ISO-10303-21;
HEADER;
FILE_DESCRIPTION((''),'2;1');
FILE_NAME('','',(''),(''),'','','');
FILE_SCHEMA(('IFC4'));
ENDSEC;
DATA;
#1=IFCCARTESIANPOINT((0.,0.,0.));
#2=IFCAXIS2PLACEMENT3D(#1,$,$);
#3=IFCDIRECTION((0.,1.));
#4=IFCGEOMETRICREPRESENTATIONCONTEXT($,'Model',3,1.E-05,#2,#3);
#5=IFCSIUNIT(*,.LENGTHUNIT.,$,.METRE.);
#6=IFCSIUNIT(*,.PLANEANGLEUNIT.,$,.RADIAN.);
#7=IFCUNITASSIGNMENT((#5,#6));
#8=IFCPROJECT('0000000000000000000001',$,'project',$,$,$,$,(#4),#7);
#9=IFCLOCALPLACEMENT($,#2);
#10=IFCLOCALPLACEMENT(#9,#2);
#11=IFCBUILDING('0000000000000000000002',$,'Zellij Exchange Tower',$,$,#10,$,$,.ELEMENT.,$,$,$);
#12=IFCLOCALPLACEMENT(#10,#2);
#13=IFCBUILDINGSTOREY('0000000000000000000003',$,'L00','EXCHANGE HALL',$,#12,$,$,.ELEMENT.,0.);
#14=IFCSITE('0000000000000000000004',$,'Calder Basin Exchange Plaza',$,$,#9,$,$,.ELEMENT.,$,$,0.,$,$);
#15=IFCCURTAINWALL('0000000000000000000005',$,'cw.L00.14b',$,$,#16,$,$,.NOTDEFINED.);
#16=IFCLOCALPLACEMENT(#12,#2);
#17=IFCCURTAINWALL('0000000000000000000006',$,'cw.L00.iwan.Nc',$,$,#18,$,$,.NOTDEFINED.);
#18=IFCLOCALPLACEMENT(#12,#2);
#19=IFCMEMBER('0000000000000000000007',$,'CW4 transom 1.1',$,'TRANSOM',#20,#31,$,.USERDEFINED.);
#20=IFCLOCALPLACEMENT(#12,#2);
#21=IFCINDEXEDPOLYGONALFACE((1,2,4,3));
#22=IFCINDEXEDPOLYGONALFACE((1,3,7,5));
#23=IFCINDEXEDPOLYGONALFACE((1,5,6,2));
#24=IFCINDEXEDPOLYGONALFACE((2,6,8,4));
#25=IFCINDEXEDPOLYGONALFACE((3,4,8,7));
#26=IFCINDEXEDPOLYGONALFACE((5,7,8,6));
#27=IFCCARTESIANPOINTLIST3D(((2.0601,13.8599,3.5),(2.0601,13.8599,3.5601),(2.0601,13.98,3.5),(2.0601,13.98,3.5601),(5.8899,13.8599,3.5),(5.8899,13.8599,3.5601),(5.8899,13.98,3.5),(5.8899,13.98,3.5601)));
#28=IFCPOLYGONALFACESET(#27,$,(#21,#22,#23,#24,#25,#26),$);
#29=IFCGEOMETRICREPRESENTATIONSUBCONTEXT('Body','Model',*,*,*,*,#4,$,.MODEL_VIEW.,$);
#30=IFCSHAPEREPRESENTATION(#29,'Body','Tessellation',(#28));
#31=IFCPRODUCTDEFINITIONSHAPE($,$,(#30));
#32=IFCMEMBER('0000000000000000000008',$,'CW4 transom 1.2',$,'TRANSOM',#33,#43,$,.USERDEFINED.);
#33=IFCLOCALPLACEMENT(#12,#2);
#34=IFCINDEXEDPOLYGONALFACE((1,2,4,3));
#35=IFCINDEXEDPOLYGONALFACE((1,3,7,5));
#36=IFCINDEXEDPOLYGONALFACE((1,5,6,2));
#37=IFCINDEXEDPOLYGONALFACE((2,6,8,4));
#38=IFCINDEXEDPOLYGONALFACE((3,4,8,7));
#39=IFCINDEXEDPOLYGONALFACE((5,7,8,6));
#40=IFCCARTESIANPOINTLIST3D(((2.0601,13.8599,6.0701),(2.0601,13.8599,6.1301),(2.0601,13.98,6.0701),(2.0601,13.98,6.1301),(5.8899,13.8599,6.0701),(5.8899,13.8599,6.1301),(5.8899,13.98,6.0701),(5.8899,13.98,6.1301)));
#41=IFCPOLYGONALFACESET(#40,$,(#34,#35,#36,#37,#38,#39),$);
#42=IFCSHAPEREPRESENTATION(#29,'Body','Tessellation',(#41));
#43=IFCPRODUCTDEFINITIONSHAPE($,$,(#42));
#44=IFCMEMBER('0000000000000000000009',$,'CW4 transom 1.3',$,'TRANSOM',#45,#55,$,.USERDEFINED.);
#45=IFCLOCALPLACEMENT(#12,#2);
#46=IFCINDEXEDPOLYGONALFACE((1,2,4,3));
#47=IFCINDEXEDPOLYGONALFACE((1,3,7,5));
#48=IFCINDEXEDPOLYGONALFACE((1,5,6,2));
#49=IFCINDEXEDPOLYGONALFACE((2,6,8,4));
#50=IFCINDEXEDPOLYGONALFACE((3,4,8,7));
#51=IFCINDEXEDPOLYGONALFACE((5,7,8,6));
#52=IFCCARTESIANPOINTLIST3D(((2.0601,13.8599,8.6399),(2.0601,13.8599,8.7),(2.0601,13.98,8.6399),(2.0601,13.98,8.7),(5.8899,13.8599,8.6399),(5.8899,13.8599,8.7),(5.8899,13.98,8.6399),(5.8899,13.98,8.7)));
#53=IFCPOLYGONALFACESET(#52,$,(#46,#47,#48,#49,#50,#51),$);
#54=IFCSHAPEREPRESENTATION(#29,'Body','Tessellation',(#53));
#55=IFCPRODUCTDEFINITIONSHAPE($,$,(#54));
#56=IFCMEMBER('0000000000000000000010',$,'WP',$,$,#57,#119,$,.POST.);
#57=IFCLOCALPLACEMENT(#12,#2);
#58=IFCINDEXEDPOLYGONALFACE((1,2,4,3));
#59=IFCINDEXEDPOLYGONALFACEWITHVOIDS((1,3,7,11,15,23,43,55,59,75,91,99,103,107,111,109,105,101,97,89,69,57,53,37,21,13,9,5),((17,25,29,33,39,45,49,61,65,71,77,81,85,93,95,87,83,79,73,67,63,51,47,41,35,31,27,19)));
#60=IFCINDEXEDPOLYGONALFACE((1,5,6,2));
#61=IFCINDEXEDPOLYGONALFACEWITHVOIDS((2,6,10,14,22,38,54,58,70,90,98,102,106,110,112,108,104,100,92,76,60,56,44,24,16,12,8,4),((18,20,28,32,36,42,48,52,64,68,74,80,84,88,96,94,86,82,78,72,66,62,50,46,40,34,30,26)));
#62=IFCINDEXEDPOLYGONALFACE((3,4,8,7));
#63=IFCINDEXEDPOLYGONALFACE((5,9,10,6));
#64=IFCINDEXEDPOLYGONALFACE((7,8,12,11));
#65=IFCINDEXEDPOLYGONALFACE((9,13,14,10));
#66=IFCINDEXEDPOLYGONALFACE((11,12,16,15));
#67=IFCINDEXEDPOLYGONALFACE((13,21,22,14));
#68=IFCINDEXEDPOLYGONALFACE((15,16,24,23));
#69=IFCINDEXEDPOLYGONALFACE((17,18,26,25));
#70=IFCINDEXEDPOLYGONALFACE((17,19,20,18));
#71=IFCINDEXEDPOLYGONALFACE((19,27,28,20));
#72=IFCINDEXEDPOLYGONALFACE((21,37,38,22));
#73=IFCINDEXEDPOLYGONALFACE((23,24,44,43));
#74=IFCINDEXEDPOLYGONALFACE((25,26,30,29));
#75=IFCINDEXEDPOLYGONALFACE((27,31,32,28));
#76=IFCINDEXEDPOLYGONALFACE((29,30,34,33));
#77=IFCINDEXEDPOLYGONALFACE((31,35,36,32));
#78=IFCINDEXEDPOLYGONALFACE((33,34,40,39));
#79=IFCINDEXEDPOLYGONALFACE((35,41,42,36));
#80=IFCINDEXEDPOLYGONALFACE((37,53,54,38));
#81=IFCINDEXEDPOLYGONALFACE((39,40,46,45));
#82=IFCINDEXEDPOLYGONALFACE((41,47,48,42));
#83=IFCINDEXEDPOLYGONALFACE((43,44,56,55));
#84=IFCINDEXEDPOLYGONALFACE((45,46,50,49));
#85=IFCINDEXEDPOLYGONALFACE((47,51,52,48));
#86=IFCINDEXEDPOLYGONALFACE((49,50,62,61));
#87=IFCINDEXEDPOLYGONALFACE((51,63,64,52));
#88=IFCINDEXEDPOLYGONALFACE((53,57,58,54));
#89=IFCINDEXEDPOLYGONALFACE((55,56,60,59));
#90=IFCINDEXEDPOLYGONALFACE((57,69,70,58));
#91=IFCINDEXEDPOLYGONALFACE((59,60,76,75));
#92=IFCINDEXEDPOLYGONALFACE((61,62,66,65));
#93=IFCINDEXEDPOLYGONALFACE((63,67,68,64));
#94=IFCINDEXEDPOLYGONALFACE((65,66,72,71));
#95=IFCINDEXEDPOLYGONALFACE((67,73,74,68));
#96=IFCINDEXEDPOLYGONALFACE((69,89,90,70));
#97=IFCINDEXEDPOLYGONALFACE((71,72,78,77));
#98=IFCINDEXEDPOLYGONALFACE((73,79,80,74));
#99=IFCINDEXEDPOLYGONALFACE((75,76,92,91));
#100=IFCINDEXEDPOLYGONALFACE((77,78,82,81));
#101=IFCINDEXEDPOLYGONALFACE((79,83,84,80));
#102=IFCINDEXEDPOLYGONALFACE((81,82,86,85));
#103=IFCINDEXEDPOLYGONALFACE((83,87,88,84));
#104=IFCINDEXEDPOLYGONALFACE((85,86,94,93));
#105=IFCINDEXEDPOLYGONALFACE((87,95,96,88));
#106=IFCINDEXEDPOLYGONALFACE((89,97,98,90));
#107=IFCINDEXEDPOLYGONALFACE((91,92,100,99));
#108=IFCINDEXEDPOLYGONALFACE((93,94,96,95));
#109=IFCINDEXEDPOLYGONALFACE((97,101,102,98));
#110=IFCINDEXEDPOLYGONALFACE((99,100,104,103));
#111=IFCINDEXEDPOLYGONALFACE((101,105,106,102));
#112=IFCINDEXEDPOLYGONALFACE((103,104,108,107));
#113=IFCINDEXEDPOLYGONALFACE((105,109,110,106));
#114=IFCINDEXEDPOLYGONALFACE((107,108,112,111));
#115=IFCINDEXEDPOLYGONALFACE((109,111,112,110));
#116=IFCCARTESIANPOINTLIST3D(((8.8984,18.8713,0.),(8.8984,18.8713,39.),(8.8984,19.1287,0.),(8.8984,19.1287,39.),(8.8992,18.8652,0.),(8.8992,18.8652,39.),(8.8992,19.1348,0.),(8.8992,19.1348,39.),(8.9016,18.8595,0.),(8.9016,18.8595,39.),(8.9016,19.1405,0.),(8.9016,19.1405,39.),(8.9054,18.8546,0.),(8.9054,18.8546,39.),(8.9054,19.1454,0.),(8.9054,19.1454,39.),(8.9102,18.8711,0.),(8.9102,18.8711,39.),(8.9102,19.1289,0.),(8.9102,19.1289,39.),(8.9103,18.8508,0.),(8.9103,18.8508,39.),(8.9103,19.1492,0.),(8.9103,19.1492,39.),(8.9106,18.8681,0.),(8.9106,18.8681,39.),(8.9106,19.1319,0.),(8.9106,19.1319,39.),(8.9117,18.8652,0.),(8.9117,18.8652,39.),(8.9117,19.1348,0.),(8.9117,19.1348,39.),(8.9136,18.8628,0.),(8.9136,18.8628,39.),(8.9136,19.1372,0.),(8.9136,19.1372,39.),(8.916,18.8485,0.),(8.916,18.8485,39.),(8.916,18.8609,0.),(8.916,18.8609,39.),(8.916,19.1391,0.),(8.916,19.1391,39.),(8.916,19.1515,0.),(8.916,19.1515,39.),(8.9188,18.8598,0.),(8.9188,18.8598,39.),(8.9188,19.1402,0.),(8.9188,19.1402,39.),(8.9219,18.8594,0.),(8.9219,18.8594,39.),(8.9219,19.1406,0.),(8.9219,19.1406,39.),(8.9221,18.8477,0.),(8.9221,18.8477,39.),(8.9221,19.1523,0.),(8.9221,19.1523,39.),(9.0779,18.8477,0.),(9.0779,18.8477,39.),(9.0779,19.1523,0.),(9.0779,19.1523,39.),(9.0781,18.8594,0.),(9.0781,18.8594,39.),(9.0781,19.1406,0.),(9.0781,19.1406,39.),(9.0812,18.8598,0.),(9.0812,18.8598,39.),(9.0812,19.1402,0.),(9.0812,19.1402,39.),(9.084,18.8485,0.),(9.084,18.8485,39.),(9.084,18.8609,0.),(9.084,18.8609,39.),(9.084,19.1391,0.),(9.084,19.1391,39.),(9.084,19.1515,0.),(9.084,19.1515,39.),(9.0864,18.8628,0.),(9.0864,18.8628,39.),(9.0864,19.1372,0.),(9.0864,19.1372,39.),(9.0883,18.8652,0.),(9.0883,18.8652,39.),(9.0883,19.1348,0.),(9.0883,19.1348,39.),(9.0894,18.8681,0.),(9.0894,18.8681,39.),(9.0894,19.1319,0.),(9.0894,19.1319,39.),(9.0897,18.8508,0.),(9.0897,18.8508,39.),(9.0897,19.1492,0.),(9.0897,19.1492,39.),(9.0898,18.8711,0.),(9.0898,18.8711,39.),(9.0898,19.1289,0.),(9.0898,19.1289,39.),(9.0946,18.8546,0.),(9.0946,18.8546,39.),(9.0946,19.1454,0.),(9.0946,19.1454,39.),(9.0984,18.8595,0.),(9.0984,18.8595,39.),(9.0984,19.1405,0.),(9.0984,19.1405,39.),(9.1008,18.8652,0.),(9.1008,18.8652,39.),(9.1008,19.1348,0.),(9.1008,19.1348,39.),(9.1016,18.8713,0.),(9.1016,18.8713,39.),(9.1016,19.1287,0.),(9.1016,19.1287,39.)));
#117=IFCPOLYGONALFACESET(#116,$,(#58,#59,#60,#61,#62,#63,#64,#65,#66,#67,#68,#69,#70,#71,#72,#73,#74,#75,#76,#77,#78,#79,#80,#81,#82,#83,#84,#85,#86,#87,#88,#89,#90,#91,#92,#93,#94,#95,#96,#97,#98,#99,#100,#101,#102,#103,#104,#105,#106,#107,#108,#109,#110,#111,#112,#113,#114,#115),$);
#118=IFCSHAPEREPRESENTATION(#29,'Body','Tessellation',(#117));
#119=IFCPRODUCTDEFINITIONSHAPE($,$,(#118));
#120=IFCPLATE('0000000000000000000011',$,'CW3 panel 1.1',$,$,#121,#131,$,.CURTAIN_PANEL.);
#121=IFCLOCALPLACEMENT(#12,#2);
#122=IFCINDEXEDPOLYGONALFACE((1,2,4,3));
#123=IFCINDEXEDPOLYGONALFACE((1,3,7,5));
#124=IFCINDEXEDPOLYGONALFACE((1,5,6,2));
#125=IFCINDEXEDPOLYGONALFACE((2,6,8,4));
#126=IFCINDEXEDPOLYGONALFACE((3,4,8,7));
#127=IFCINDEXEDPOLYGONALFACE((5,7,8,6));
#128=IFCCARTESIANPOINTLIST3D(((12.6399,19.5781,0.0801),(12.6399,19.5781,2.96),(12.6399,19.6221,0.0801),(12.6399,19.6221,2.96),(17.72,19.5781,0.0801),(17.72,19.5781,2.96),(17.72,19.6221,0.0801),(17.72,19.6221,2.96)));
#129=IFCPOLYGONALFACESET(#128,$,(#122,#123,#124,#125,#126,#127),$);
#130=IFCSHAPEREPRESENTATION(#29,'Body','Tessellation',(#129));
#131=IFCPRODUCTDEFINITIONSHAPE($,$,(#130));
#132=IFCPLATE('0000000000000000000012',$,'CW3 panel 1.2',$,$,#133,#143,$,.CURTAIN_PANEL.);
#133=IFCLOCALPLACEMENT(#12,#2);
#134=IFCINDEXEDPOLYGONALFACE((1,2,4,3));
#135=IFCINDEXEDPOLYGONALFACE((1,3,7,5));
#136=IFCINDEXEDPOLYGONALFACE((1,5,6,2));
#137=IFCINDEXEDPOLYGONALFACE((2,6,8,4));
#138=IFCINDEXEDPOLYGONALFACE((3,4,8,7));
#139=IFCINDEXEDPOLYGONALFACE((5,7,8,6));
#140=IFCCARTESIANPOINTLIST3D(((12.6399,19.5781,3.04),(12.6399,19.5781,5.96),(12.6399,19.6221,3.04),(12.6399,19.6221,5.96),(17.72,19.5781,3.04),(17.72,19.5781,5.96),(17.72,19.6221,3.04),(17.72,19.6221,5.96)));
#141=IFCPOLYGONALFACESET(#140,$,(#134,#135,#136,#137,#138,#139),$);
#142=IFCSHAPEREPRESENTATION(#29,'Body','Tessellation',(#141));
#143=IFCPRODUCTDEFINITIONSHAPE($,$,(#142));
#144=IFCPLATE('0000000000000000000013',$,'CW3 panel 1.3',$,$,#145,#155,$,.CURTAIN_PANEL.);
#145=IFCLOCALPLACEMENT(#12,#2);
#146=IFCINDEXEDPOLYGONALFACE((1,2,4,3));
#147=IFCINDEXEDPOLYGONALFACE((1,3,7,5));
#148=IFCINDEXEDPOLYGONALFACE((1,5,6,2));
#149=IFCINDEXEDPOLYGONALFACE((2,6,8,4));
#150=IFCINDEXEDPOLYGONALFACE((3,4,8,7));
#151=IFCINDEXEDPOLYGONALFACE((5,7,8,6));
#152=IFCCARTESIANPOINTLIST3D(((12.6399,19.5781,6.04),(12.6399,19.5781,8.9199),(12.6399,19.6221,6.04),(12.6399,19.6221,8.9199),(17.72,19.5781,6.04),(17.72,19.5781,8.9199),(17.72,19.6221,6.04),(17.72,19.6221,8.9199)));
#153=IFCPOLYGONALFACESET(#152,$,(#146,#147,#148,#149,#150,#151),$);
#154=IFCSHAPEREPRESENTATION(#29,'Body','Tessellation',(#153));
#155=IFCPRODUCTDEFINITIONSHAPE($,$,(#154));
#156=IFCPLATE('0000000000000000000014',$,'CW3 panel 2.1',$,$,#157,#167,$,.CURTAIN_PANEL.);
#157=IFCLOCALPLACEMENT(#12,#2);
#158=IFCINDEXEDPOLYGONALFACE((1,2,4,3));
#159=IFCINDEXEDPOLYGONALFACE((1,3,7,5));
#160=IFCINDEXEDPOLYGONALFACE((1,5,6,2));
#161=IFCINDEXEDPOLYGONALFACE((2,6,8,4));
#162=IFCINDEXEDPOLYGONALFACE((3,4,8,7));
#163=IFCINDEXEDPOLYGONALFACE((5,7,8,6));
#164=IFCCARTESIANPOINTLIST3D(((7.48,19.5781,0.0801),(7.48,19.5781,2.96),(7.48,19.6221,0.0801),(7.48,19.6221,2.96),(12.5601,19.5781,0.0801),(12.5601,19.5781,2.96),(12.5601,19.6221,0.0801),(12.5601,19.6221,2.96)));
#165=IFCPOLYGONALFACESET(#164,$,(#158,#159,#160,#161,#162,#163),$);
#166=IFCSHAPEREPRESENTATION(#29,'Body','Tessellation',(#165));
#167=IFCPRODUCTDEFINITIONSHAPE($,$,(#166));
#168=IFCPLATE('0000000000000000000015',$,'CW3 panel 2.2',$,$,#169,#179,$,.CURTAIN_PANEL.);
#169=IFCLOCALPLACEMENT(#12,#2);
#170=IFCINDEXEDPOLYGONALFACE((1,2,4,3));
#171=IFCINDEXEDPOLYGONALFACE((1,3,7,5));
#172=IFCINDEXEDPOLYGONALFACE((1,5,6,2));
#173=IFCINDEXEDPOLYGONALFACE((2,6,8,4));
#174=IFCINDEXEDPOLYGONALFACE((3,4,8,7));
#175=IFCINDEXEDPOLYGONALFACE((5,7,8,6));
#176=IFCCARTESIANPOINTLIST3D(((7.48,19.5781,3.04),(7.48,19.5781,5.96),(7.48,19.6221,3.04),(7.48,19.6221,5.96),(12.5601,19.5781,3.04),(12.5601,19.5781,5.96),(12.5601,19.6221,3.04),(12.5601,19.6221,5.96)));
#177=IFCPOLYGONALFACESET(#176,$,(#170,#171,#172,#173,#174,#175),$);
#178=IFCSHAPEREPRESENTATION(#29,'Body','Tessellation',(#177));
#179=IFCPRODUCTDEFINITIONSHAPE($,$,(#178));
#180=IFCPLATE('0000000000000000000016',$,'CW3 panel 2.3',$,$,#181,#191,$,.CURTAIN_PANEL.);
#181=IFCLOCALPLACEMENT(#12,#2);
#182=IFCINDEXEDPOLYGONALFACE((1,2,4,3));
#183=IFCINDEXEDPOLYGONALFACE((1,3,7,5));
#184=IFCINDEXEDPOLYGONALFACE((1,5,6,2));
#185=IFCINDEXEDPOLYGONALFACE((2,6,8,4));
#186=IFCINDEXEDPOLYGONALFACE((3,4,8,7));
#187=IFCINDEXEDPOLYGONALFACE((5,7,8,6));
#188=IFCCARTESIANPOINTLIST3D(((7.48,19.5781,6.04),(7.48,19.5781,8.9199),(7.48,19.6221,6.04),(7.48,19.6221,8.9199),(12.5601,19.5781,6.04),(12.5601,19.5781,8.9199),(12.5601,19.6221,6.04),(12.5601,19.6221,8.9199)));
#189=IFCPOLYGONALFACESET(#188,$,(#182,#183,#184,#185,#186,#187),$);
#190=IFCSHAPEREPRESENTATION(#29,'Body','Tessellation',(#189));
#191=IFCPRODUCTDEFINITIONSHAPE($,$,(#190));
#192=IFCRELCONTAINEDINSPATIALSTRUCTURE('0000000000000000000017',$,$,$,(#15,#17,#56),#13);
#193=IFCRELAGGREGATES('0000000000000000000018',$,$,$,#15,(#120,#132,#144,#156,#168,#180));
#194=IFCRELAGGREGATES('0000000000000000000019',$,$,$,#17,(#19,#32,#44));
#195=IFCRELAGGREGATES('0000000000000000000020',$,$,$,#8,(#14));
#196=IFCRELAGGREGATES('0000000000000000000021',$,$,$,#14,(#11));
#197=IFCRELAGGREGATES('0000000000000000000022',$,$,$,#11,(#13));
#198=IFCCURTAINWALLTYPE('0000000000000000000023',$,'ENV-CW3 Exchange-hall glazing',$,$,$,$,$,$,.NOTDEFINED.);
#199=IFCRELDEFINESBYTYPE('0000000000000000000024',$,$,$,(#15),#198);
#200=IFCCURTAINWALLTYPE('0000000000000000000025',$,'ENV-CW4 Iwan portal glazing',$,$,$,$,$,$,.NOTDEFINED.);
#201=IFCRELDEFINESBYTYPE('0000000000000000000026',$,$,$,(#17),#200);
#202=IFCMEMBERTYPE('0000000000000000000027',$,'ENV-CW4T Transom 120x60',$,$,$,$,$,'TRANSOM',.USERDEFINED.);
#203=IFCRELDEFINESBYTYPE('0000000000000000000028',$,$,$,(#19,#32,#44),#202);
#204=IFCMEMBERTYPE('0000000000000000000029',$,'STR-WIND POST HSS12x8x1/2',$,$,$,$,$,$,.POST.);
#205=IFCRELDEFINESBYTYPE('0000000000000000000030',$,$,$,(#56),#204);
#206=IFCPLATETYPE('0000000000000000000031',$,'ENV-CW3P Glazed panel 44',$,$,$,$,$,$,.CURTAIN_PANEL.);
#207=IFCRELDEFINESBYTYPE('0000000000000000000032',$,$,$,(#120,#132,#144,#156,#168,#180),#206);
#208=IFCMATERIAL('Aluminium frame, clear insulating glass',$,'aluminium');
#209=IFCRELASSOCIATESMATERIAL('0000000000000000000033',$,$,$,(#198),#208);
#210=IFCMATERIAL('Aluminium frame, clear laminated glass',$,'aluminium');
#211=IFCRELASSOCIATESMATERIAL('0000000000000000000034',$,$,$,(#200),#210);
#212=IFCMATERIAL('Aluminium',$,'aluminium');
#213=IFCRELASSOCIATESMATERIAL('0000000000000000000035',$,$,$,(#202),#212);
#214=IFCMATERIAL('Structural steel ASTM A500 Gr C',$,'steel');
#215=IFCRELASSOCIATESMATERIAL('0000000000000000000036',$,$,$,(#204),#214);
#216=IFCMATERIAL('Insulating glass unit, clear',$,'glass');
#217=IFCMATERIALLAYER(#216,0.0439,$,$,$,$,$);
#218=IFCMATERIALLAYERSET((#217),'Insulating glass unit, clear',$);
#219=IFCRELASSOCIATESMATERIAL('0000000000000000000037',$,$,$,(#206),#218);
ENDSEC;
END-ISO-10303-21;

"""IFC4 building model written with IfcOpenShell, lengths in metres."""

from ifc_helpers import new_model, si_unit, direction, frame, origin, origin_2d, place, context, subcontext, project, spatial, rectangle, hollow_rectangle, extrude, material, layer, layer_set, material_profile, profile_set, type_object, element, aggregate, save


model = new_model("IFC4")

# Units and contexts
model_context = context("Model", 3, precision=1e-05, world=origin(), true_north=direction((0.0, 1.0)))
body_context = subcontext(model_context, "Body", "Model", "MODEL_VIEW")
ifc_project = project(units=[si_unit("LENGTHUNIT", "METRE"), si_unit("PLANEANGLEUNIT", "RADIAN")], contexts=[model_context])

# Site, building, storey
site_placement = place(None, origin())
site = spatial("IfcSite", under=ifc_project, at=site_placement, Name="Calder Basin Exchange Plaza", CompositionType="ELEMENT", RefElevation=0.0)
building_placement = place(site_placement, origin())
building = spatial("IfcBuilding", under=site, at=building_placement, Name="Zellij Exchange Tower", CompositionType="ELEMENT")
storey_placement = place(building_placement, origin())
storey = spatial("IfcBuildingStorey", under=building, at=storey_placement, Name="L00", Description="EXCHANGE HALL", CompositionType="ELEMENT", Elevation=0.0)

# Curtain wall
ifc_material_1 = material(Name="Aluminium frame, clear insulating glass", Category="aluminium")
curtain_wall_type_1 = type_object("IfcCurtainWallType", Name="ENV-CW3 Exchange-hall glazing", PredefinedType="NOTDEFINED", material=ifc_material_1)
curtain_wall_1_placement = place(storey_placement, origin())
curtain_wall_1 = element("IfcCurtainWall", 1, at=curtain_wall_1_placement, inside=storey, type_object=curtain_wall_type_1, Name="cw.L00.14b", PredefinedType="NOTDEFINED")
ifc_material_2 = material(Name="Aluminium", Category="aluminium")

# Shared definitions
ifc_material_3 = material(Name="Aluminium frame, clear laminated glass", Category="aluminium")
curtain_wall_type_2 = type_object("IfcCurtainWallType", Name="ENV-CW4 Iwan portal glazing", PredefinedType="NOTDEFINED", material=ifc_material_3)

# Curtain wall, members
curtain_wall_2_placement = place(storey_placement, origin())
curtain_wall_2 = element("IfcCurtainWall", 2, at=curtain_wall_2_placement, inside=storey, type_object=curtain_wall_type_2, Name="cw.L00.iwan.Nc", PredefinedType="NOTDEFINED")
ifc_material_profile_1 = material_profile(ifc_material_2, rectangle(XDim=0.1201, YDim=0.0601, at=origin_2d()), Name="AL 120x60")
ifc_profile_set_1 = profile_set([ifc_material_profile_1], Name="Aluminium")
member_type_1 = type_object("IfcMemberType", Name="ENV-CW4T Transom 120x60", ElementType="TRANSOM", PredefinedType="USERDEFINED", material=ifc_profile_set_1)
member_1_placement = place(storey_placement, frame((2.0601, 13.9199, 3.53), z_axis=(1.0, 0.0, 0.0), x_axis=(0.0, 1.0, 0.0)))
member_1 = element("IfcMember", 3, at=member_1_placement, type_object=member_type_1, Name="CW4 transom 1.1", ObjectType="TRANSOM", PredefinedType="USERDEFINED", context=body_context, shape_type="SweptSolid", body=[
    extrude(rectangle(XDim=0.1201, YDim=0.0601, at=origin_2d()), origin(), (0.0, 0.0, 1.0), 3.8298),
])
member_2_placement = place(storey_placement, frame((2.0601, 13.9199, 6.1001), z_axis=(1.0, 0.0, 0.0), x_axis=(0.0, 1.0, 0.0)))
member_2 = element("IfcMember", 4, at=member_2_placement, type_object=member_type_1, Name="CW4 transom 1.2", ObjectType="TRANSOM", PredefinedType="USERDEFINED", context=body_context, shape_type="SweptSolid", body=[
    extrude(rectangle(XDim=0.1201, YDim=0.0601, at=origin_2d()), origin(), (0.0, 0.0, 1.0), 3.8298),
])
member_3_placement = place(storey_placement, frame((2.0601, 13.9199, 8.6699), z_axis=(1.0, 0.0, 0.0), x_axis=(0.0, 1.0, 0.0)))
member_3 = element("IfcMember", 5, at=member_3_placement, type_object=member_type_1, Name="CW4 transom 1.3", ObjectType="TRANSOM", PredefinedType="USERDEFINED", context=body_context, shape_type="SweptSolid", body=[
    extrude(rectangle(XDim=0.1201, YDim=0.0601, at=origin_2d()), origin(), (0.0, 0.0, 1.0), 3.8298),
])

# Member
ifc_material_4 = material(Name="Structural steel ASTM A500 Gr C", Category="steel")
ifc_material_profile_2 = material_profile(ifc_material_4, hollow_rectangle(XDim=0.2031, YDim=0.3047, WallThickness=0.0117, InnerFilletRadius=0.0117, OuterFilletRadius=0.0237, at=origin_2d()), Name="STR-WIND POST HSS12x8x1/2")
ifc_profile_set_2 = profile_set([ifc_material_profile_2], Name="Structural steel ASTM A500 Gr C")
member_type_2 = type_object("IfcMemberType", Name="STR-WIND POST HSS12x8x1/2", PredefinedType="POST", material=ifc_profile_set_2)
member_4_placement = place(storey_placement, frame((9.0, 19.0, 0.0), z_axis=(0.0, 0.0, 1.0), x_axis=(1.0, 0.0, 0.0)))
element("IfcMember", 6, at=member_4_placement, inside=storey, type_object=member_type_2, Name="WP", PredefinedType="POST", context=body_context, shape_type="SweptSolid", body=[
    extrude(hollow_rectangle(XDim=0.2031, YDim=0.3047, WallThickness=0.0117, InnerFilletRadius=0.0117, OuterFilletRadius=0.0237, at=origin_2d()), origin(), (0.0, 0.0, 1.0), 39.0),
])

# Plates
ifc_material_5 = material(Name="Insulating glass unit, clear", Category="glass")
ifc_layer_1 = layer(ifc_material_5, 0.0439)
ifc_layer_set_1 = layer_set([ifc_layer_1], Name="Insulating glass unit, clear")
plate_type_1 = type_object("IfcPlateType", Name="ENV-CW3P Glazed panel 44", PredefinedType="CURTAIN_PANEL", material=ifc_layer_set_1)
plate_1_placement = place(storey_placement, frame((15.1799, 19.6001, 0.0801), z_axis=(0.0, 0.0, 1.0), x_axis=(-1.0, 0.0, 0.0)))
plate_1 = element("IfcPlate", 7, at=plate_1_placement, type_object=plate_type_1, Name="CW3 panel 1.1", PredefinedType="CURTAIN_PANEL", context=body_context, shape_type="SweptSolid", body=[
    extrude(rectangle(XDim=5.0801, YDim=0.0439, at=origin_2d()), origin(), (0.0, 0.0, 1.0), 2.8799),
])
plate_2_placement = place(storey_placement, frame((15.1799, 19.6001, 3.04), z_axis=(0.0, 0.0, 1.0), x_axis=(-1.0, 0.0, 0.0)))
plate_2 = element("IfcPlate", 8, at=plate_2_placement, type_object=plate_type_1, Name="CW3 panel 1.2", PredefinedType="CURTAIN_PANEL", context=body_context, shape_type="SweptSolid", body=[
    extrude(rectangle(XDim=5.0801, YDim=0.0439, at=origin_2d()), origin(), (0.0, 0.0, 1.0), 2.9199),
])
plate_3_placement = place(storey_placement, frame((15.1799, 19.6001, 6.04), z_axis=(0.0, 0.0, 1.0), x_axis=(-1.0, 0.0, 0.0)))
plate_3 = element("IfcPlate", 9, at=plate_3_placement, type_object=plate_type_1, Name="CW3 panel 1.3", PredefinedType="CURTAIN_PANEL", context=body_context, shape_type="SweptSolid", body=[
    extrude(rectangle(XDim=5.0801, YDim=0.0439, at=origin_2d()), origin(), (0.0, 0.0, 1.0), 2.8799),
])
plate_4_placement = place(storey_placement, frame((10.02, 19.6001, 0.0801), z_axis=(0.0, 0.0, 1.0), x_axis=(-1.0, 0.0, 0.0)))
plate_4 = element("IfcPlate", 10, at=plate_4_placement, type_object=plate_type_1, Name="CW3 panel 2.1", PredefinedType="CURTAIN_PANEL", context=body_context, shape_type="SweptSolid", body=[
    extrude(rectangle(XDim=5.0801, YDim=0.0439, at=origin_2d()), origin(), (0.0, 0.0, 1.0), 2.8799),
])
plate_5_placement = place(storey_placement, frame((10.02, 19.6001, 3.04), z_axis=(0.0, 0.0, 1.0), x_axis=(-1.0, 0.0, 0.0)))
plate_5 = element("IfcPlate", 11, at=plate_5_placement, type_object=plate_type_1, Name="CW3 panel 2.2", PredefinedType="CURTAIN_PANEL", context=body_context, shape_type="SweptSolid", body=[
    extrude(rectangle(XDim=5.0801, YDim=0.0439, at=origin_2d()), origin(), (0.0, 0.0, 1.0), 2.9199),
])
plate_6_placement = place(storey_placement, frame((10.02, 19.6001, 6.04), z_axis=(0.0, 0.0, 1.0), x_axis=(-1.0, 0.0, 0.0)))
plate_6 = element("IfcPlate", 12, at=plate_6_placement, type_object=plate_type_1, Name="CW3 panel 2.3", PredefinedType="CURTAIN_PANEL", context=body_context, shape_type="SweptSolid", body=[
    extrude(rectangle(XDim=5.0801, YDim=0.0439, at=origin_2d()), origin(), (0.0, 0.0, 1.0), 2.8799),
])
aggregate(curtain_wall_1, [plate_1, plate_2, plate_3, plate_4, plate_5, plate_6])
aggregate(curtain_wall_2, [member_1, member_2, member_3])

save(model, "model.ifc")
